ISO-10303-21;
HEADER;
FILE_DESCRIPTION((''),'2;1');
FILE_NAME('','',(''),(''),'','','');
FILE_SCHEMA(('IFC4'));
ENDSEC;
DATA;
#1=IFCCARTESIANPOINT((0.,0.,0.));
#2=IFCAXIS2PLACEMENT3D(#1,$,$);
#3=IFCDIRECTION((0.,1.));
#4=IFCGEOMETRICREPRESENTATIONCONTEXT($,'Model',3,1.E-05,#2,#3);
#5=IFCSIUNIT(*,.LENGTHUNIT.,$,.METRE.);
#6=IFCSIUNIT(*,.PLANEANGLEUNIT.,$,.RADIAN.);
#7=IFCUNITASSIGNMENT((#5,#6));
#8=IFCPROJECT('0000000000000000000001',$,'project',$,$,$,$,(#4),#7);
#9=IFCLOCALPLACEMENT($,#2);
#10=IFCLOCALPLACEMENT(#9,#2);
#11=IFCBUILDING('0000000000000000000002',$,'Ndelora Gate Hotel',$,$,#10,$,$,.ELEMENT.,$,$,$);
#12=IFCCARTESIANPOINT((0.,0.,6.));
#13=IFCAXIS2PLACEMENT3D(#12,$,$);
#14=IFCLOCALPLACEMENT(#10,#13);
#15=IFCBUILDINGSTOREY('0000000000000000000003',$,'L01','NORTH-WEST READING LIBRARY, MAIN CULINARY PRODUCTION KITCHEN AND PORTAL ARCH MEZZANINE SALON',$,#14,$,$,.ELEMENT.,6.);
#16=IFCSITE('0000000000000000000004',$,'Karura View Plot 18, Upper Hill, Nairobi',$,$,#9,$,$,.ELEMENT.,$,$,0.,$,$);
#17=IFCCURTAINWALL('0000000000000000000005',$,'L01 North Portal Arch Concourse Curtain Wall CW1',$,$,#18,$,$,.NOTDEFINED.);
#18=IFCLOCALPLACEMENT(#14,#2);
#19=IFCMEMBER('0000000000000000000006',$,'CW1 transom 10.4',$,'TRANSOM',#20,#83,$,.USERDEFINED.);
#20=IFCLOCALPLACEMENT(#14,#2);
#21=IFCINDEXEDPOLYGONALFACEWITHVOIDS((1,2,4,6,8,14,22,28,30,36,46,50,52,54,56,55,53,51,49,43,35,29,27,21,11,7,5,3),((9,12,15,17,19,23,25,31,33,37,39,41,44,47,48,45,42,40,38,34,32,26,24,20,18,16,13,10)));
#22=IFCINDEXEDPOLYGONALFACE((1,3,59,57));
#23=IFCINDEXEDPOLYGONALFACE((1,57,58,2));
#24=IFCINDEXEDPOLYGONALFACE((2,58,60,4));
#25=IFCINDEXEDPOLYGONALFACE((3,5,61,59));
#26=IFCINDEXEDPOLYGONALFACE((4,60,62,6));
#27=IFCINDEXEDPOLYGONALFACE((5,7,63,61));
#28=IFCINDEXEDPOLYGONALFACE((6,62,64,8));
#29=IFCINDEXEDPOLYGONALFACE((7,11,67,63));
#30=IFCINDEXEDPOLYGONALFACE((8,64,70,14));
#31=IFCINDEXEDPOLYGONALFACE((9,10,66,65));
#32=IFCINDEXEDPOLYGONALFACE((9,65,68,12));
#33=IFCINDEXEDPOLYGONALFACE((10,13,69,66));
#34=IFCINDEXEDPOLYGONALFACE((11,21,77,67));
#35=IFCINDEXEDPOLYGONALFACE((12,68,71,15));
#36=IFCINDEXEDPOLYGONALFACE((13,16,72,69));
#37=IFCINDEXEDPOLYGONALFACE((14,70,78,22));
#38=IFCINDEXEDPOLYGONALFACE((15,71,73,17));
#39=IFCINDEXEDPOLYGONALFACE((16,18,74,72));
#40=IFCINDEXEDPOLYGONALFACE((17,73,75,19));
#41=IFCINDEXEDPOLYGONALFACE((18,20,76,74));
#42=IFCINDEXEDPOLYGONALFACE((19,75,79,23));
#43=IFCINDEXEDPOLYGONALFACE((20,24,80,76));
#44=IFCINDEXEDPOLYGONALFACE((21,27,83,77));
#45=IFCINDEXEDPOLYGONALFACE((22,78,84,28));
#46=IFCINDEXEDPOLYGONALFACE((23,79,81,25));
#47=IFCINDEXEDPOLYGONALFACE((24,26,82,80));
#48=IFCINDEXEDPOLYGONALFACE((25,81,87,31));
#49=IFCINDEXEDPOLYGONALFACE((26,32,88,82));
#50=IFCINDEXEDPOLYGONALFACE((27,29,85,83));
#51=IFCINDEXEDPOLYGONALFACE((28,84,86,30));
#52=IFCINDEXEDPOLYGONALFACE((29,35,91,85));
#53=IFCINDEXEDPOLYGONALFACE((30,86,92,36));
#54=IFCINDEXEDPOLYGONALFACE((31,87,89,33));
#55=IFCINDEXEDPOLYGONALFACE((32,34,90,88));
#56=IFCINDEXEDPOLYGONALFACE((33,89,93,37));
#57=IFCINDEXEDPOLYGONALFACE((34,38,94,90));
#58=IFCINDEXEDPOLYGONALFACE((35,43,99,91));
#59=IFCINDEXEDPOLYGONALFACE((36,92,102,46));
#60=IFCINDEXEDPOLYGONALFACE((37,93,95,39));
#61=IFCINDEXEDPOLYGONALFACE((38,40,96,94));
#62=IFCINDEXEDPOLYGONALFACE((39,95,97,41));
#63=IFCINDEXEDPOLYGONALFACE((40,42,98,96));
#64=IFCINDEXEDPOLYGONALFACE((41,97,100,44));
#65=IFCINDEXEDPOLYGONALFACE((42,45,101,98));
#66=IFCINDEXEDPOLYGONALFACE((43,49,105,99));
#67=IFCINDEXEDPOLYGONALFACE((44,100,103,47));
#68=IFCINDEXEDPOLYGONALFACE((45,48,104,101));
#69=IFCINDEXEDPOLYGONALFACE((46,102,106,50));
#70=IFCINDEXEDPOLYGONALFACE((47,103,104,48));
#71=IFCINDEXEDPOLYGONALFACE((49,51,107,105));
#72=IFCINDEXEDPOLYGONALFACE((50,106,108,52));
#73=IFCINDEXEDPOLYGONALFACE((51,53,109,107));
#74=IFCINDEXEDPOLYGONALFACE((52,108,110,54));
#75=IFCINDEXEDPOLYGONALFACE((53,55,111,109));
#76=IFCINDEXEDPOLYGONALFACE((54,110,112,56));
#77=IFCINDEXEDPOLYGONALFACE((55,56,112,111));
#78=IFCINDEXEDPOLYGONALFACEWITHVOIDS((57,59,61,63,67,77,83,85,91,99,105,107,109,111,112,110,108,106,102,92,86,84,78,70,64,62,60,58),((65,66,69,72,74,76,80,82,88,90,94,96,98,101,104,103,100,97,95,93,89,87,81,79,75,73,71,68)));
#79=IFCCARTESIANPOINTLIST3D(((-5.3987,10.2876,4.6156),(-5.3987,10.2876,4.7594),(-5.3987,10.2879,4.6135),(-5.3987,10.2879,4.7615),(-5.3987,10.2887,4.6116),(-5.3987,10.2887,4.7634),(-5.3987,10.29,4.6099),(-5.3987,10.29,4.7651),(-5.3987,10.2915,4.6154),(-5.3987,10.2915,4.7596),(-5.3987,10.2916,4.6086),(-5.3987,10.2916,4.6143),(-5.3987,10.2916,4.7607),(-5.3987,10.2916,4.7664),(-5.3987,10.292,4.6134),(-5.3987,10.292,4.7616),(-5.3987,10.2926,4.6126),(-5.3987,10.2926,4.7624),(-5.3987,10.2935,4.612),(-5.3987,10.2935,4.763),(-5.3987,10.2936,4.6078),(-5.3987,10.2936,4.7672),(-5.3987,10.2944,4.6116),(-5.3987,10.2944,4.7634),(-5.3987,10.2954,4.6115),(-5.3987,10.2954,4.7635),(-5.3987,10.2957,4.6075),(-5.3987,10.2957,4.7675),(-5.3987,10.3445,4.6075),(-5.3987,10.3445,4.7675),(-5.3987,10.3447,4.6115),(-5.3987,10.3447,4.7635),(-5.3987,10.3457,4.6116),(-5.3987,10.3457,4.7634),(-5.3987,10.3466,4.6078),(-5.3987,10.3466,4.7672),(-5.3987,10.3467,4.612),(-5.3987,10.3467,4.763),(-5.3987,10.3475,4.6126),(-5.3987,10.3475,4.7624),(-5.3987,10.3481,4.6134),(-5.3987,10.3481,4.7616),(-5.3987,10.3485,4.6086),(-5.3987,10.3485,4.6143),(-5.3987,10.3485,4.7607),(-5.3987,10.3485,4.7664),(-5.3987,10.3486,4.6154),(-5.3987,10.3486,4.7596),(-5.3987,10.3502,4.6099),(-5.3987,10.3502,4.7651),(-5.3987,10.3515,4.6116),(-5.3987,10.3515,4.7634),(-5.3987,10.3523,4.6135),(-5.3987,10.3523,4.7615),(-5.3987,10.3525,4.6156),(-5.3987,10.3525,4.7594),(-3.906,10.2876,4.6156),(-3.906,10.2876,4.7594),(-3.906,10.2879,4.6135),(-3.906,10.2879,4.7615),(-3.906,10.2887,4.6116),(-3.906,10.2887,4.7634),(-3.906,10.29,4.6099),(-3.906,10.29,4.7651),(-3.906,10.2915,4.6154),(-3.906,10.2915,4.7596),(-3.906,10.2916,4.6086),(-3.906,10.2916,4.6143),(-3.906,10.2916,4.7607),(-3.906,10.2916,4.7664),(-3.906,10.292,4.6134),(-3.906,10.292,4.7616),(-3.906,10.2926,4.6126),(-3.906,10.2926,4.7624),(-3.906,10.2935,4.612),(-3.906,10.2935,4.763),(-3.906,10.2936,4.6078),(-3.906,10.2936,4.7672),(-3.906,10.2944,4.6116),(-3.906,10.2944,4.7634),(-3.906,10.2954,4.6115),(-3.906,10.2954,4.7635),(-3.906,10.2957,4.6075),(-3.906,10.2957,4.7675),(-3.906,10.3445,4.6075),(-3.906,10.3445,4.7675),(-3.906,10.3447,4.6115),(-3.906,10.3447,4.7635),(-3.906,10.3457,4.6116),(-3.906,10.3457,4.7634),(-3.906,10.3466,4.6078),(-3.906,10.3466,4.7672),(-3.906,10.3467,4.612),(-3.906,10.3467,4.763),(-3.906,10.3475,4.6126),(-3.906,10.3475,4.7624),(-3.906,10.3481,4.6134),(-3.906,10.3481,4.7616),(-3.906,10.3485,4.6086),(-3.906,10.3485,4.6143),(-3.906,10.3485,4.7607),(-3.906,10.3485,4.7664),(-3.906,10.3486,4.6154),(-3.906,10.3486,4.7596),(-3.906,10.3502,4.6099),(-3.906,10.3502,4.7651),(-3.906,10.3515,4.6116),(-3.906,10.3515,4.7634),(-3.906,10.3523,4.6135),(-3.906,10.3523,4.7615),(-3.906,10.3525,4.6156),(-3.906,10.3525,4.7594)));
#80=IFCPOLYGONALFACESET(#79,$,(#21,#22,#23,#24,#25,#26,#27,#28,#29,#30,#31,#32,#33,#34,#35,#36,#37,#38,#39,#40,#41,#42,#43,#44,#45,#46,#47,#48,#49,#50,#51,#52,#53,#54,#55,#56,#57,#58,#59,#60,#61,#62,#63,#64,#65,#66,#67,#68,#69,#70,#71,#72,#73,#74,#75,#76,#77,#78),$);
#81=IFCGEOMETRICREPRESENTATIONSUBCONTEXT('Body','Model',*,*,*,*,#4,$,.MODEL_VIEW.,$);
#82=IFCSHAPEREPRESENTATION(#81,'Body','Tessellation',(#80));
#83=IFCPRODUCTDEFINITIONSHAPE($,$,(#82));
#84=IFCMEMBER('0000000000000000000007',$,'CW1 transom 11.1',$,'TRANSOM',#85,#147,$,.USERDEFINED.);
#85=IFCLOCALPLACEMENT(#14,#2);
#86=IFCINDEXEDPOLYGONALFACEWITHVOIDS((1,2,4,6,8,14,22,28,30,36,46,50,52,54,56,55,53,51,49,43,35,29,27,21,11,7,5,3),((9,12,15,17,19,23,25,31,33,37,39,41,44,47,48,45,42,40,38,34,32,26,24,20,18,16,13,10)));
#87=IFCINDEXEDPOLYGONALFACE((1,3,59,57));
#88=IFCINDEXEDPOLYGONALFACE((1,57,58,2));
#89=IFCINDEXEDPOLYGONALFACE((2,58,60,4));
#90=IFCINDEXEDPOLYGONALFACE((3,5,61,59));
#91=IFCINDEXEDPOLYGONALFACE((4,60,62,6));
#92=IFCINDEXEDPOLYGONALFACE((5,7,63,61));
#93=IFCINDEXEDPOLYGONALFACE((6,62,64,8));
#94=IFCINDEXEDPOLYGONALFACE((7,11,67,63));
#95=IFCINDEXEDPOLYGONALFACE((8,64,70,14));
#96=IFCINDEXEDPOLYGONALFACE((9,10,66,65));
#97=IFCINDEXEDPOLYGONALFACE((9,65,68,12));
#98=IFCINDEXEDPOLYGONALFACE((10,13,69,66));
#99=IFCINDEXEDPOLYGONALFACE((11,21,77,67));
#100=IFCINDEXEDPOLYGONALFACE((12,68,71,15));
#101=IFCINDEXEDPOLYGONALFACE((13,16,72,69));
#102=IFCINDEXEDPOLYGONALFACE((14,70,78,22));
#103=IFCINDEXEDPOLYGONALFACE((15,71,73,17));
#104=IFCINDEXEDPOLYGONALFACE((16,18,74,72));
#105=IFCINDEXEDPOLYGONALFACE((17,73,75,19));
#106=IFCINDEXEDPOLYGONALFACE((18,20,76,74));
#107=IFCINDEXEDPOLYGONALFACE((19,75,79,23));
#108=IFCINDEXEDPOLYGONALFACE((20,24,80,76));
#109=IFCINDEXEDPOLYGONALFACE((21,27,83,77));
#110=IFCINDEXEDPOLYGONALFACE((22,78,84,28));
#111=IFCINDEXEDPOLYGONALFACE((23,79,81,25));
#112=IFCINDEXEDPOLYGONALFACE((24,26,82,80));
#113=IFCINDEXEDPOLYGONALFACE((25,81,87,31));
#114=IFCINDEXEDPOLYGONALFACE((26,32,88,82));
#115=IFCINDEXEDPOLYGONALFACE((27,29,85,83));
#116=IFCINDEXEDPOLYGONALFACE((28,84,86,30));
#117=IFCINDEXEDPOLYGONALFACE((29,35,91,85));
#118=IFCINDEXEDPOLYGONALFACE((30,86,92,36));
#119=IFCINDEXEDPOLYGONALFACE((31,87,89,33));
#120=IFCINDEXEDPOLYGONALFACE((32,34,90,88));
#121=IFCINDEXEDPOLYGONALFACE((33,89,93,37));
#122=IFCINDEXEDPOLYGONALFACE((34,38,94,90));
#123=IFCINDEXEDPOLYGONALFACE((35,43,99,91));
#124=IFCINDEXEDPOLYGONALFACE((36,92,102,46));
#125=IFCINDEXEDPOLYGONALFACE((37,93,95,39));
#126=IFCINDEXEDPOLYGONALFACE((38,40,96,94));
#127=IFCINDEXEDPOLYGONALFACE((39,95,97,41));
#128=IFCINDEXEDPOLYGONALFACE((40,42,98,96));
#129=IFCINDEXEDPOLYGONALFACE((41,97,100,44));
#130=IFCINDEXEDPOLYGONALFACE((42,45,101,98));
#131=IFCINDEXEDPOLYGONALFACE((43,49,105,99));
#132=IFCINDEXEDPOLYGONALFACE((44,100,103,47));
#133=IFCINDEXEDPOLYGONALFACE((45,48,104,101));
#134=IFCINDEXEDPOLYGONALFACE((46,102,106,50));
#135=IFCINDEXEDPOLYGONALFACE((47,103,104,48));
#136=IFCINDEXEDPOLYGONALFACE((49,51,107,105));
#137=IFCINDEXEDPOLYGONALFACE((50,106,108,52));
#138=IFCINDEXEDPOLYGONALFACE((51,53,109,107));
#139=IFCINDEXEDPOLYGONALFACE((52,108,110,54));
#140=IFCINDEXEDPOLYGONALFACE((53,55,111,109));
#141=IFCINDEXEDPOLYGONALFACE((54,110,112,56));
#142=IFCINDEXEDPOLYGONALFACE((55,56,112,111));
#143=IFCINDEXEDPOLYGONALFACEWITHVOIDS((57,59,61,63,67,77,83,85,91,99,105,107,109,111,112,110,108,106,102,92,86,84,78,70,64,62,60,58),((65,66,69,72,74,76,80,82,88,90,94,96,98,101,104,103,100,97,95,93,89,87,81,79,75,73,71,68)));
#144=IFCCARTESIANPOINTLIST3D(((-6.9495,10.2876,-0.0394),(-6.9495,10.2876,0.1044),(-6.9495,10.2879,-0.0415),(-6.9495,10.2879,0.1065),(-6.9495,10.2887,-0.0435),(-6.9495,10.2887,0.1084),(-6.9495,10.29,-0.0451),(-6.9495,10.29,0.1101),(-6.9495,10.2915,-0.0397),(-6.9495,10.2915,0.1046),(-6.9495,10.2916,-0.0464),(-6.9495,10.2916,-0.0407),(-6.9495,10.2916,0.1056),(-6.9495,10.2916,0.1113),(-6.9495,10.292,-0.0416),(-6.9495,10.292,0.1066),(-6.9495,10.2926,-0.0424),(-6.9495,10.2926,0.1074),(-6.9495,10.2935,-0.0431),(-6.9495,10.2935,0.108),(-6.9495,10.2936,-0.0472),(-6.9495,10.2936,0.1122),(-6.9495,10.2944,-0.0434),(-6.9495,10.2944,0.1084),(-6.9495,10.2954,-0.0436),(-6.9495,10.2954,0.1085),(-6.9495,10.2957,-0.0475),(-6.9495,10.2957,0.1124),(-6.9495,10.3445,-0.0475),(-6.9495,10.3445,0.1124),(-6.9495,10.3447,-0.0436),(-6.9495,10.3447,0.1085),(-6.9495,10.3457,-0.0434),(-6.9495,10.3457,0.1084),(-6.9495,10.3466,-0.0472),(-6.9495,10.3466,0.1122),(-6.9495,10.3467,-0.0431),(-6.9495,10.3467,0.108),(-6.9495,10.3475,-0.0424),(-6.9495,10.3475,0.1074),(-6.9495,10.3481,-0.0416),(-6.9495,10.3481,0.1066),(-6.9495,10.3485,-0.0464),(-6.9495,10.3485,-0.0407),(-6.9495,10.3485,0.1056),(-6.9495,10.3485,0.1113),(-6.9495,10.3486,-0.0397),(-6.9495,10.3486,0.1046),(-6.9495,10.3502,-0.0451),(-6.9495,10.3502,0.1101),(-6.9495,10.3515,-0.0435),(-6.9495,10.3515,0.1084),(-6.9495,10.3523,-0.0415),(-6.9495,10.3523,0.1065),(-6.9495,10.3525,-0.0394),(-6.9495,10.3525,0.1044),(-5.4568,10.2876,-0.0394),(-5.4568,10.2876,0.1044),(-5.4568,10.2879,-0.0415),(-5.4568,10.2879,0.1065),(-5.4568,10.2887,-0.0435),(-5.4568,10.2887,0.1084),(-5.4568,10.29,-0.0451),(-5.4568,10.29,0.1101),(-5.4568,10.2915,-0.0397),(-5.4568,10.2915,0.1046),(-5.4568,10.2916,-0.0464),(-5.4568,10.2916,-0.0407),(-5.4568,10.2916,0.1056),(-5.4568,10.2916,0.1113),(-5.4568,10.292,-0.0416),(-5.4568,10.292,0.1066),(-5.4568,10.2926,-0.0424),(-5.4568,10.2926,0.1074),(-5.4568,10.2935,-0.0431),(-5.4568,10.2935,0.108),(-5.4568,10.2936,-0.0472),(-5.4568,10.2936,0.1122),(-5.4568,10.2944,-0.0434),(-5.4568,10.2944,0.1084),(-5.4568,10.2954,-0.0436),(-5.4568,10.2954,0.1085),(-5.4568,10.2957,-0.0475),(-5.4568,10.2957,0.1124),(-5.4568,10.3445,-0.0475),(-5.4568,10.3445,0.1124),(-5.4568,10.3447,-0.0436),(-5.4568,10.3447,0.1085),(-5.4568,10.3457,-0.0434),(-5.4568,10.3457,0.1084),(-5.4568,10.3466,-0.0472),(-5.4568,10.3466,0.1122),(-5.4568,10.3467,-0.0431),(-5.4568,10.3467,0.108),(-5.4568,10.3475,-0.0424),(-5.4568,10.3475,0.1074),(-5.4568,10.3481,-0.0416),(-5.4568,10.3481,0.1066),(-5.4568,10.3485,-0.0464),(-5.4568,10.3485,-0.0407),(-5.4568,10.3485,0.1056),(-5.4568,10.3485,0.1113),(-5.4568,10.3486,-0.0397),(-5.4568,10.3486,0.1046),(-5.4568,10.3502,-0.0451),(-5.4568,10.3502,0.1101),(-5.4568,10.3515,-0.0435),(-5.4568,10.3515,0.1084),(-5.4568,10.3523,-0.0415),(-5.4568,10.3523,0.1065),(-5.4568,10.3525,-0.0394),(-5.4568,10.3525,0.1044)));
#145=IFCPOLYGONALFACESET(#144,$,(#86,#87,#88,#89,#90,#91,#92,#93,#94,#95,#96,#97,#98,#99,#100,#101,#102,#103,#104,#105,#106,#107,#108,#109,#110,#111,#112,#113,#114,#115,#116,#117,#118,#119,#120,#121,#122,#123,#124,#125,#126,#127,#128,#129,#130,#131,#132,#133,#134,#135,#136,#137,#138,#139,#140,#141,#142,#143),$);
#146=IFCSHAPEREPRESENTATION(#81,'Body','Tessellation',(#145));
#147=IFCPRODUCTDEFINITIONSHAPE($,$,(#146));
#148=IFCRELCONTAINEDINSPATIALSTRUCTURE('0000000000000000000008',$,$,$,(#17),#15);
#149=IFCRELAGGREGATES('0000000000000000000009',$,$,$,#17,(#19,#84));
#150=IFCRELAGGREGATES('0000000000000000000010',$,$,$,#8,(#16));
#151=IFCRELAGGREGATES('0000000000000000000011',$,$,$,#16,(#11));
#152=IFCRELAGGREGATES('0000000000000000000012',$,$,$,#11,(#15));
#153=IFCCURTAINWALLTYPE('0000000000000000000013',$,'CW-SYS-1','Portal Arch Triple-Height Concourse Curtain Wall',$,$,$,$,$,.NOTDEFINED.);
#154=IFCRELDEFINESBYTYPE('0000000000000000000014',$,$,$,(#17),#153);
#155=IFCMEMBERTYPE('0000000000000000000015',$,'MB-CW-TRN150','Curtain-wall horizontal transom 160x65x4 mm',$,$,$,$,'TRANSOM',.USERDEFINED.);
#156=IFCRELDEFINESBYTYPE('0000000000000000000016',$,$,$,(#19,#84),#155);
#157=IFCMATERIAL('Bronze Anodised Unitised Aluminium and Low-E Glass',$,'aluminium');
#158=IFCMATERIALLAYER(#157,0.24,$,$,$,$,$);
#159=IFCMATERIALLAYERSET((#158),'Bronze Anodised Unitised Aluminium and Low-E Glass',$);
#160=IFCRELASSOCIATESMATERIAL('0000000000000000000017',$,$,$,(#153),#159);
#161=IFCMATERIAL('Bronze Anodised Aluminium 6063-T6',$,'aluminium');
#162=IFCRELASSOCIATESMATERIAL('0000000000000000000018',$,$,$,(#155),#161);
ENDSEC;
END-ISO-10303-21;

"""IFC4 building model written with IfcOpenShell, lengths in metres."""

from ifc_helpers import new_model, si_unit, direction, frame, origin, origin_2d, place, context, subcontext, project, spatial, hollow_rectangle, extrude, material, layer, layer_set, material_profile, profile_set, type_object, element, aggregate, save


model = new_model("IFC4")

# Units and contexts
model_context = context("Model", 3, precision=1e-05, world=origin(), true_north=direction((0.0, 1.0)))
body_context = subcontext(model_context, "Body", "Model", "MODEL_VIEW")
ifc_project = project(units=[si_unit("LENGTHUNIT", "METRE"), si_unit("PLANEANGLEUNIT", "RADIAN")], contexts=[model_context])

# Site, building, storey
site_placement = place(None, origin())
site = spatial("IfcSite", under=ifc_project, at=site_placement, Name="Karura View Plot 18, Upper Hill, Nairobi", CompositionType="ELEMENT", RefElevation=0.0)
building_placement = place(site_placement, origin())
building = spatial("IfcBuilding", under=site, at=building_placement, Name="Ndelora Gate Hotel", CompositionType="ELEMENT")
storey_placement = place(building_placement, frame((0.0, 0.0, 6.0)))
storey = spatial("IfcBuildingStorey", under=building, at=storey_placement, Name="L01", Description="NORTH-WEST READING LIBRARY, MAIN CULINARY PRODUCTION KITCHEN AND PORTAL ARCH MEZZANINE SALON", CompositionType="ELEMENT", Elevation=6.0)

# Curtain wall, members
ifc_material_1 = material(Name="Bronze Anodised Unitised Aluminium and Low-E Glass", Category="aluminium")
ifc_layer_1 = layer(ifc_material_1, 0.24)
ifc_layer_set_1 = layer_set([ifc_layer_1], Name="Bronze Anodised Unitised Aluminium and Low-E Glass")
curtain_wall_type = type_object("IfcCurtainWallType", Name="CW-SYS-1", Description="Portal Arch Triple-Height Concourse Curtain Wall", PredefinedType="NOTDEFINED", material=ifc_layer_set_1)
curtain_wall_placement = place(storey_placement, origin())
curtain_wall = element("IfcCurtainWall", 1, at=curtain_wall_placement, inside=storey, type_object=curtain_wall_type, Name="L01 North Portal Arch Concourse Curtain Wall CW1", PredefinedType="NOTDEFINED")
ifc_material_2 = material(Name="Bronze Anodised Aluminium 6063-T6", Category="aluminium")
ifc_material_profile_1 = material_profile(ifc_material_2, hollow_rectangle(XDim=0.0649, YDim=0.1599, WallThickness=0.0039, InnerFilletRadius=0.0039, OuterFilletRadius=0.0081, at=origin_2d()), Name="ALU 160x65x4")
ifc_profile_set_1 = profile_set([ifc_material_profile_1], Name="Bronze Anodised Aluminium 6063-T6")
member_type_1 = type_object("IfcMemberType", Name="MB-CW-TRN150", Description="Curtain-wall horizontal transom 160x65x4 mm", ElementType="TRANSOM", PredefinedType="USERDEFINED", material=ifc_profile_set_1)
member_1_placement = place(storey_placement, frame((-3.906, 10.3201, 4.6875), z_axis=(-1.0, 0.0, 0.0), x_axis=(0.0, -1.0, 0.0)))
member_1 = element("IfcMember", 2, at=member_1_placement, type_object=member_type_1, Name="CW1 transom 10.4", ObjectType="TRANSOM", PredefinedType="USERDEFINED", context=body_context, shape_type="SweptSolid", body=[
    extrude(hollow_rectangle(XDim=0.0649, YDim=0.1599, WallThickness=0.0039, InnerFilletRadius=0.0039, OuterFilletRadius=0.0081, at=origin_2d()), origin(), (0.0, 0.0, 1.0), 1.4927),
])
member_2_placement = place(storey_placement, frame((-5.4568, 10.3201, 0.0325), z_axis=(-1.0, 0.0, 0.0), x_axis=(0.0, -1.0, 0.0)))
member_2 = element("IfcMember", 3, at=member_2_placement, type_object=member_type_1, Name="CW1 transom 11.1", ObjectType="TRANSOM", PredefinedType="USERDEFINED", context=body_context, shape_type="SweptSolid", body=[
    extrude(hollow_rectangle(XDim=0.0649, YDim=0.1599, WallThickness=0.0039, InnerFilletRadius=0.0039, OuterFilletRadius=0.0081, at=origin_2d()), origin(), (0.0, 0.0, 1.0), 1.4927),
])
aggregate(curtain_wall, [member_1, member_2])

save(model, "model.ifc")
